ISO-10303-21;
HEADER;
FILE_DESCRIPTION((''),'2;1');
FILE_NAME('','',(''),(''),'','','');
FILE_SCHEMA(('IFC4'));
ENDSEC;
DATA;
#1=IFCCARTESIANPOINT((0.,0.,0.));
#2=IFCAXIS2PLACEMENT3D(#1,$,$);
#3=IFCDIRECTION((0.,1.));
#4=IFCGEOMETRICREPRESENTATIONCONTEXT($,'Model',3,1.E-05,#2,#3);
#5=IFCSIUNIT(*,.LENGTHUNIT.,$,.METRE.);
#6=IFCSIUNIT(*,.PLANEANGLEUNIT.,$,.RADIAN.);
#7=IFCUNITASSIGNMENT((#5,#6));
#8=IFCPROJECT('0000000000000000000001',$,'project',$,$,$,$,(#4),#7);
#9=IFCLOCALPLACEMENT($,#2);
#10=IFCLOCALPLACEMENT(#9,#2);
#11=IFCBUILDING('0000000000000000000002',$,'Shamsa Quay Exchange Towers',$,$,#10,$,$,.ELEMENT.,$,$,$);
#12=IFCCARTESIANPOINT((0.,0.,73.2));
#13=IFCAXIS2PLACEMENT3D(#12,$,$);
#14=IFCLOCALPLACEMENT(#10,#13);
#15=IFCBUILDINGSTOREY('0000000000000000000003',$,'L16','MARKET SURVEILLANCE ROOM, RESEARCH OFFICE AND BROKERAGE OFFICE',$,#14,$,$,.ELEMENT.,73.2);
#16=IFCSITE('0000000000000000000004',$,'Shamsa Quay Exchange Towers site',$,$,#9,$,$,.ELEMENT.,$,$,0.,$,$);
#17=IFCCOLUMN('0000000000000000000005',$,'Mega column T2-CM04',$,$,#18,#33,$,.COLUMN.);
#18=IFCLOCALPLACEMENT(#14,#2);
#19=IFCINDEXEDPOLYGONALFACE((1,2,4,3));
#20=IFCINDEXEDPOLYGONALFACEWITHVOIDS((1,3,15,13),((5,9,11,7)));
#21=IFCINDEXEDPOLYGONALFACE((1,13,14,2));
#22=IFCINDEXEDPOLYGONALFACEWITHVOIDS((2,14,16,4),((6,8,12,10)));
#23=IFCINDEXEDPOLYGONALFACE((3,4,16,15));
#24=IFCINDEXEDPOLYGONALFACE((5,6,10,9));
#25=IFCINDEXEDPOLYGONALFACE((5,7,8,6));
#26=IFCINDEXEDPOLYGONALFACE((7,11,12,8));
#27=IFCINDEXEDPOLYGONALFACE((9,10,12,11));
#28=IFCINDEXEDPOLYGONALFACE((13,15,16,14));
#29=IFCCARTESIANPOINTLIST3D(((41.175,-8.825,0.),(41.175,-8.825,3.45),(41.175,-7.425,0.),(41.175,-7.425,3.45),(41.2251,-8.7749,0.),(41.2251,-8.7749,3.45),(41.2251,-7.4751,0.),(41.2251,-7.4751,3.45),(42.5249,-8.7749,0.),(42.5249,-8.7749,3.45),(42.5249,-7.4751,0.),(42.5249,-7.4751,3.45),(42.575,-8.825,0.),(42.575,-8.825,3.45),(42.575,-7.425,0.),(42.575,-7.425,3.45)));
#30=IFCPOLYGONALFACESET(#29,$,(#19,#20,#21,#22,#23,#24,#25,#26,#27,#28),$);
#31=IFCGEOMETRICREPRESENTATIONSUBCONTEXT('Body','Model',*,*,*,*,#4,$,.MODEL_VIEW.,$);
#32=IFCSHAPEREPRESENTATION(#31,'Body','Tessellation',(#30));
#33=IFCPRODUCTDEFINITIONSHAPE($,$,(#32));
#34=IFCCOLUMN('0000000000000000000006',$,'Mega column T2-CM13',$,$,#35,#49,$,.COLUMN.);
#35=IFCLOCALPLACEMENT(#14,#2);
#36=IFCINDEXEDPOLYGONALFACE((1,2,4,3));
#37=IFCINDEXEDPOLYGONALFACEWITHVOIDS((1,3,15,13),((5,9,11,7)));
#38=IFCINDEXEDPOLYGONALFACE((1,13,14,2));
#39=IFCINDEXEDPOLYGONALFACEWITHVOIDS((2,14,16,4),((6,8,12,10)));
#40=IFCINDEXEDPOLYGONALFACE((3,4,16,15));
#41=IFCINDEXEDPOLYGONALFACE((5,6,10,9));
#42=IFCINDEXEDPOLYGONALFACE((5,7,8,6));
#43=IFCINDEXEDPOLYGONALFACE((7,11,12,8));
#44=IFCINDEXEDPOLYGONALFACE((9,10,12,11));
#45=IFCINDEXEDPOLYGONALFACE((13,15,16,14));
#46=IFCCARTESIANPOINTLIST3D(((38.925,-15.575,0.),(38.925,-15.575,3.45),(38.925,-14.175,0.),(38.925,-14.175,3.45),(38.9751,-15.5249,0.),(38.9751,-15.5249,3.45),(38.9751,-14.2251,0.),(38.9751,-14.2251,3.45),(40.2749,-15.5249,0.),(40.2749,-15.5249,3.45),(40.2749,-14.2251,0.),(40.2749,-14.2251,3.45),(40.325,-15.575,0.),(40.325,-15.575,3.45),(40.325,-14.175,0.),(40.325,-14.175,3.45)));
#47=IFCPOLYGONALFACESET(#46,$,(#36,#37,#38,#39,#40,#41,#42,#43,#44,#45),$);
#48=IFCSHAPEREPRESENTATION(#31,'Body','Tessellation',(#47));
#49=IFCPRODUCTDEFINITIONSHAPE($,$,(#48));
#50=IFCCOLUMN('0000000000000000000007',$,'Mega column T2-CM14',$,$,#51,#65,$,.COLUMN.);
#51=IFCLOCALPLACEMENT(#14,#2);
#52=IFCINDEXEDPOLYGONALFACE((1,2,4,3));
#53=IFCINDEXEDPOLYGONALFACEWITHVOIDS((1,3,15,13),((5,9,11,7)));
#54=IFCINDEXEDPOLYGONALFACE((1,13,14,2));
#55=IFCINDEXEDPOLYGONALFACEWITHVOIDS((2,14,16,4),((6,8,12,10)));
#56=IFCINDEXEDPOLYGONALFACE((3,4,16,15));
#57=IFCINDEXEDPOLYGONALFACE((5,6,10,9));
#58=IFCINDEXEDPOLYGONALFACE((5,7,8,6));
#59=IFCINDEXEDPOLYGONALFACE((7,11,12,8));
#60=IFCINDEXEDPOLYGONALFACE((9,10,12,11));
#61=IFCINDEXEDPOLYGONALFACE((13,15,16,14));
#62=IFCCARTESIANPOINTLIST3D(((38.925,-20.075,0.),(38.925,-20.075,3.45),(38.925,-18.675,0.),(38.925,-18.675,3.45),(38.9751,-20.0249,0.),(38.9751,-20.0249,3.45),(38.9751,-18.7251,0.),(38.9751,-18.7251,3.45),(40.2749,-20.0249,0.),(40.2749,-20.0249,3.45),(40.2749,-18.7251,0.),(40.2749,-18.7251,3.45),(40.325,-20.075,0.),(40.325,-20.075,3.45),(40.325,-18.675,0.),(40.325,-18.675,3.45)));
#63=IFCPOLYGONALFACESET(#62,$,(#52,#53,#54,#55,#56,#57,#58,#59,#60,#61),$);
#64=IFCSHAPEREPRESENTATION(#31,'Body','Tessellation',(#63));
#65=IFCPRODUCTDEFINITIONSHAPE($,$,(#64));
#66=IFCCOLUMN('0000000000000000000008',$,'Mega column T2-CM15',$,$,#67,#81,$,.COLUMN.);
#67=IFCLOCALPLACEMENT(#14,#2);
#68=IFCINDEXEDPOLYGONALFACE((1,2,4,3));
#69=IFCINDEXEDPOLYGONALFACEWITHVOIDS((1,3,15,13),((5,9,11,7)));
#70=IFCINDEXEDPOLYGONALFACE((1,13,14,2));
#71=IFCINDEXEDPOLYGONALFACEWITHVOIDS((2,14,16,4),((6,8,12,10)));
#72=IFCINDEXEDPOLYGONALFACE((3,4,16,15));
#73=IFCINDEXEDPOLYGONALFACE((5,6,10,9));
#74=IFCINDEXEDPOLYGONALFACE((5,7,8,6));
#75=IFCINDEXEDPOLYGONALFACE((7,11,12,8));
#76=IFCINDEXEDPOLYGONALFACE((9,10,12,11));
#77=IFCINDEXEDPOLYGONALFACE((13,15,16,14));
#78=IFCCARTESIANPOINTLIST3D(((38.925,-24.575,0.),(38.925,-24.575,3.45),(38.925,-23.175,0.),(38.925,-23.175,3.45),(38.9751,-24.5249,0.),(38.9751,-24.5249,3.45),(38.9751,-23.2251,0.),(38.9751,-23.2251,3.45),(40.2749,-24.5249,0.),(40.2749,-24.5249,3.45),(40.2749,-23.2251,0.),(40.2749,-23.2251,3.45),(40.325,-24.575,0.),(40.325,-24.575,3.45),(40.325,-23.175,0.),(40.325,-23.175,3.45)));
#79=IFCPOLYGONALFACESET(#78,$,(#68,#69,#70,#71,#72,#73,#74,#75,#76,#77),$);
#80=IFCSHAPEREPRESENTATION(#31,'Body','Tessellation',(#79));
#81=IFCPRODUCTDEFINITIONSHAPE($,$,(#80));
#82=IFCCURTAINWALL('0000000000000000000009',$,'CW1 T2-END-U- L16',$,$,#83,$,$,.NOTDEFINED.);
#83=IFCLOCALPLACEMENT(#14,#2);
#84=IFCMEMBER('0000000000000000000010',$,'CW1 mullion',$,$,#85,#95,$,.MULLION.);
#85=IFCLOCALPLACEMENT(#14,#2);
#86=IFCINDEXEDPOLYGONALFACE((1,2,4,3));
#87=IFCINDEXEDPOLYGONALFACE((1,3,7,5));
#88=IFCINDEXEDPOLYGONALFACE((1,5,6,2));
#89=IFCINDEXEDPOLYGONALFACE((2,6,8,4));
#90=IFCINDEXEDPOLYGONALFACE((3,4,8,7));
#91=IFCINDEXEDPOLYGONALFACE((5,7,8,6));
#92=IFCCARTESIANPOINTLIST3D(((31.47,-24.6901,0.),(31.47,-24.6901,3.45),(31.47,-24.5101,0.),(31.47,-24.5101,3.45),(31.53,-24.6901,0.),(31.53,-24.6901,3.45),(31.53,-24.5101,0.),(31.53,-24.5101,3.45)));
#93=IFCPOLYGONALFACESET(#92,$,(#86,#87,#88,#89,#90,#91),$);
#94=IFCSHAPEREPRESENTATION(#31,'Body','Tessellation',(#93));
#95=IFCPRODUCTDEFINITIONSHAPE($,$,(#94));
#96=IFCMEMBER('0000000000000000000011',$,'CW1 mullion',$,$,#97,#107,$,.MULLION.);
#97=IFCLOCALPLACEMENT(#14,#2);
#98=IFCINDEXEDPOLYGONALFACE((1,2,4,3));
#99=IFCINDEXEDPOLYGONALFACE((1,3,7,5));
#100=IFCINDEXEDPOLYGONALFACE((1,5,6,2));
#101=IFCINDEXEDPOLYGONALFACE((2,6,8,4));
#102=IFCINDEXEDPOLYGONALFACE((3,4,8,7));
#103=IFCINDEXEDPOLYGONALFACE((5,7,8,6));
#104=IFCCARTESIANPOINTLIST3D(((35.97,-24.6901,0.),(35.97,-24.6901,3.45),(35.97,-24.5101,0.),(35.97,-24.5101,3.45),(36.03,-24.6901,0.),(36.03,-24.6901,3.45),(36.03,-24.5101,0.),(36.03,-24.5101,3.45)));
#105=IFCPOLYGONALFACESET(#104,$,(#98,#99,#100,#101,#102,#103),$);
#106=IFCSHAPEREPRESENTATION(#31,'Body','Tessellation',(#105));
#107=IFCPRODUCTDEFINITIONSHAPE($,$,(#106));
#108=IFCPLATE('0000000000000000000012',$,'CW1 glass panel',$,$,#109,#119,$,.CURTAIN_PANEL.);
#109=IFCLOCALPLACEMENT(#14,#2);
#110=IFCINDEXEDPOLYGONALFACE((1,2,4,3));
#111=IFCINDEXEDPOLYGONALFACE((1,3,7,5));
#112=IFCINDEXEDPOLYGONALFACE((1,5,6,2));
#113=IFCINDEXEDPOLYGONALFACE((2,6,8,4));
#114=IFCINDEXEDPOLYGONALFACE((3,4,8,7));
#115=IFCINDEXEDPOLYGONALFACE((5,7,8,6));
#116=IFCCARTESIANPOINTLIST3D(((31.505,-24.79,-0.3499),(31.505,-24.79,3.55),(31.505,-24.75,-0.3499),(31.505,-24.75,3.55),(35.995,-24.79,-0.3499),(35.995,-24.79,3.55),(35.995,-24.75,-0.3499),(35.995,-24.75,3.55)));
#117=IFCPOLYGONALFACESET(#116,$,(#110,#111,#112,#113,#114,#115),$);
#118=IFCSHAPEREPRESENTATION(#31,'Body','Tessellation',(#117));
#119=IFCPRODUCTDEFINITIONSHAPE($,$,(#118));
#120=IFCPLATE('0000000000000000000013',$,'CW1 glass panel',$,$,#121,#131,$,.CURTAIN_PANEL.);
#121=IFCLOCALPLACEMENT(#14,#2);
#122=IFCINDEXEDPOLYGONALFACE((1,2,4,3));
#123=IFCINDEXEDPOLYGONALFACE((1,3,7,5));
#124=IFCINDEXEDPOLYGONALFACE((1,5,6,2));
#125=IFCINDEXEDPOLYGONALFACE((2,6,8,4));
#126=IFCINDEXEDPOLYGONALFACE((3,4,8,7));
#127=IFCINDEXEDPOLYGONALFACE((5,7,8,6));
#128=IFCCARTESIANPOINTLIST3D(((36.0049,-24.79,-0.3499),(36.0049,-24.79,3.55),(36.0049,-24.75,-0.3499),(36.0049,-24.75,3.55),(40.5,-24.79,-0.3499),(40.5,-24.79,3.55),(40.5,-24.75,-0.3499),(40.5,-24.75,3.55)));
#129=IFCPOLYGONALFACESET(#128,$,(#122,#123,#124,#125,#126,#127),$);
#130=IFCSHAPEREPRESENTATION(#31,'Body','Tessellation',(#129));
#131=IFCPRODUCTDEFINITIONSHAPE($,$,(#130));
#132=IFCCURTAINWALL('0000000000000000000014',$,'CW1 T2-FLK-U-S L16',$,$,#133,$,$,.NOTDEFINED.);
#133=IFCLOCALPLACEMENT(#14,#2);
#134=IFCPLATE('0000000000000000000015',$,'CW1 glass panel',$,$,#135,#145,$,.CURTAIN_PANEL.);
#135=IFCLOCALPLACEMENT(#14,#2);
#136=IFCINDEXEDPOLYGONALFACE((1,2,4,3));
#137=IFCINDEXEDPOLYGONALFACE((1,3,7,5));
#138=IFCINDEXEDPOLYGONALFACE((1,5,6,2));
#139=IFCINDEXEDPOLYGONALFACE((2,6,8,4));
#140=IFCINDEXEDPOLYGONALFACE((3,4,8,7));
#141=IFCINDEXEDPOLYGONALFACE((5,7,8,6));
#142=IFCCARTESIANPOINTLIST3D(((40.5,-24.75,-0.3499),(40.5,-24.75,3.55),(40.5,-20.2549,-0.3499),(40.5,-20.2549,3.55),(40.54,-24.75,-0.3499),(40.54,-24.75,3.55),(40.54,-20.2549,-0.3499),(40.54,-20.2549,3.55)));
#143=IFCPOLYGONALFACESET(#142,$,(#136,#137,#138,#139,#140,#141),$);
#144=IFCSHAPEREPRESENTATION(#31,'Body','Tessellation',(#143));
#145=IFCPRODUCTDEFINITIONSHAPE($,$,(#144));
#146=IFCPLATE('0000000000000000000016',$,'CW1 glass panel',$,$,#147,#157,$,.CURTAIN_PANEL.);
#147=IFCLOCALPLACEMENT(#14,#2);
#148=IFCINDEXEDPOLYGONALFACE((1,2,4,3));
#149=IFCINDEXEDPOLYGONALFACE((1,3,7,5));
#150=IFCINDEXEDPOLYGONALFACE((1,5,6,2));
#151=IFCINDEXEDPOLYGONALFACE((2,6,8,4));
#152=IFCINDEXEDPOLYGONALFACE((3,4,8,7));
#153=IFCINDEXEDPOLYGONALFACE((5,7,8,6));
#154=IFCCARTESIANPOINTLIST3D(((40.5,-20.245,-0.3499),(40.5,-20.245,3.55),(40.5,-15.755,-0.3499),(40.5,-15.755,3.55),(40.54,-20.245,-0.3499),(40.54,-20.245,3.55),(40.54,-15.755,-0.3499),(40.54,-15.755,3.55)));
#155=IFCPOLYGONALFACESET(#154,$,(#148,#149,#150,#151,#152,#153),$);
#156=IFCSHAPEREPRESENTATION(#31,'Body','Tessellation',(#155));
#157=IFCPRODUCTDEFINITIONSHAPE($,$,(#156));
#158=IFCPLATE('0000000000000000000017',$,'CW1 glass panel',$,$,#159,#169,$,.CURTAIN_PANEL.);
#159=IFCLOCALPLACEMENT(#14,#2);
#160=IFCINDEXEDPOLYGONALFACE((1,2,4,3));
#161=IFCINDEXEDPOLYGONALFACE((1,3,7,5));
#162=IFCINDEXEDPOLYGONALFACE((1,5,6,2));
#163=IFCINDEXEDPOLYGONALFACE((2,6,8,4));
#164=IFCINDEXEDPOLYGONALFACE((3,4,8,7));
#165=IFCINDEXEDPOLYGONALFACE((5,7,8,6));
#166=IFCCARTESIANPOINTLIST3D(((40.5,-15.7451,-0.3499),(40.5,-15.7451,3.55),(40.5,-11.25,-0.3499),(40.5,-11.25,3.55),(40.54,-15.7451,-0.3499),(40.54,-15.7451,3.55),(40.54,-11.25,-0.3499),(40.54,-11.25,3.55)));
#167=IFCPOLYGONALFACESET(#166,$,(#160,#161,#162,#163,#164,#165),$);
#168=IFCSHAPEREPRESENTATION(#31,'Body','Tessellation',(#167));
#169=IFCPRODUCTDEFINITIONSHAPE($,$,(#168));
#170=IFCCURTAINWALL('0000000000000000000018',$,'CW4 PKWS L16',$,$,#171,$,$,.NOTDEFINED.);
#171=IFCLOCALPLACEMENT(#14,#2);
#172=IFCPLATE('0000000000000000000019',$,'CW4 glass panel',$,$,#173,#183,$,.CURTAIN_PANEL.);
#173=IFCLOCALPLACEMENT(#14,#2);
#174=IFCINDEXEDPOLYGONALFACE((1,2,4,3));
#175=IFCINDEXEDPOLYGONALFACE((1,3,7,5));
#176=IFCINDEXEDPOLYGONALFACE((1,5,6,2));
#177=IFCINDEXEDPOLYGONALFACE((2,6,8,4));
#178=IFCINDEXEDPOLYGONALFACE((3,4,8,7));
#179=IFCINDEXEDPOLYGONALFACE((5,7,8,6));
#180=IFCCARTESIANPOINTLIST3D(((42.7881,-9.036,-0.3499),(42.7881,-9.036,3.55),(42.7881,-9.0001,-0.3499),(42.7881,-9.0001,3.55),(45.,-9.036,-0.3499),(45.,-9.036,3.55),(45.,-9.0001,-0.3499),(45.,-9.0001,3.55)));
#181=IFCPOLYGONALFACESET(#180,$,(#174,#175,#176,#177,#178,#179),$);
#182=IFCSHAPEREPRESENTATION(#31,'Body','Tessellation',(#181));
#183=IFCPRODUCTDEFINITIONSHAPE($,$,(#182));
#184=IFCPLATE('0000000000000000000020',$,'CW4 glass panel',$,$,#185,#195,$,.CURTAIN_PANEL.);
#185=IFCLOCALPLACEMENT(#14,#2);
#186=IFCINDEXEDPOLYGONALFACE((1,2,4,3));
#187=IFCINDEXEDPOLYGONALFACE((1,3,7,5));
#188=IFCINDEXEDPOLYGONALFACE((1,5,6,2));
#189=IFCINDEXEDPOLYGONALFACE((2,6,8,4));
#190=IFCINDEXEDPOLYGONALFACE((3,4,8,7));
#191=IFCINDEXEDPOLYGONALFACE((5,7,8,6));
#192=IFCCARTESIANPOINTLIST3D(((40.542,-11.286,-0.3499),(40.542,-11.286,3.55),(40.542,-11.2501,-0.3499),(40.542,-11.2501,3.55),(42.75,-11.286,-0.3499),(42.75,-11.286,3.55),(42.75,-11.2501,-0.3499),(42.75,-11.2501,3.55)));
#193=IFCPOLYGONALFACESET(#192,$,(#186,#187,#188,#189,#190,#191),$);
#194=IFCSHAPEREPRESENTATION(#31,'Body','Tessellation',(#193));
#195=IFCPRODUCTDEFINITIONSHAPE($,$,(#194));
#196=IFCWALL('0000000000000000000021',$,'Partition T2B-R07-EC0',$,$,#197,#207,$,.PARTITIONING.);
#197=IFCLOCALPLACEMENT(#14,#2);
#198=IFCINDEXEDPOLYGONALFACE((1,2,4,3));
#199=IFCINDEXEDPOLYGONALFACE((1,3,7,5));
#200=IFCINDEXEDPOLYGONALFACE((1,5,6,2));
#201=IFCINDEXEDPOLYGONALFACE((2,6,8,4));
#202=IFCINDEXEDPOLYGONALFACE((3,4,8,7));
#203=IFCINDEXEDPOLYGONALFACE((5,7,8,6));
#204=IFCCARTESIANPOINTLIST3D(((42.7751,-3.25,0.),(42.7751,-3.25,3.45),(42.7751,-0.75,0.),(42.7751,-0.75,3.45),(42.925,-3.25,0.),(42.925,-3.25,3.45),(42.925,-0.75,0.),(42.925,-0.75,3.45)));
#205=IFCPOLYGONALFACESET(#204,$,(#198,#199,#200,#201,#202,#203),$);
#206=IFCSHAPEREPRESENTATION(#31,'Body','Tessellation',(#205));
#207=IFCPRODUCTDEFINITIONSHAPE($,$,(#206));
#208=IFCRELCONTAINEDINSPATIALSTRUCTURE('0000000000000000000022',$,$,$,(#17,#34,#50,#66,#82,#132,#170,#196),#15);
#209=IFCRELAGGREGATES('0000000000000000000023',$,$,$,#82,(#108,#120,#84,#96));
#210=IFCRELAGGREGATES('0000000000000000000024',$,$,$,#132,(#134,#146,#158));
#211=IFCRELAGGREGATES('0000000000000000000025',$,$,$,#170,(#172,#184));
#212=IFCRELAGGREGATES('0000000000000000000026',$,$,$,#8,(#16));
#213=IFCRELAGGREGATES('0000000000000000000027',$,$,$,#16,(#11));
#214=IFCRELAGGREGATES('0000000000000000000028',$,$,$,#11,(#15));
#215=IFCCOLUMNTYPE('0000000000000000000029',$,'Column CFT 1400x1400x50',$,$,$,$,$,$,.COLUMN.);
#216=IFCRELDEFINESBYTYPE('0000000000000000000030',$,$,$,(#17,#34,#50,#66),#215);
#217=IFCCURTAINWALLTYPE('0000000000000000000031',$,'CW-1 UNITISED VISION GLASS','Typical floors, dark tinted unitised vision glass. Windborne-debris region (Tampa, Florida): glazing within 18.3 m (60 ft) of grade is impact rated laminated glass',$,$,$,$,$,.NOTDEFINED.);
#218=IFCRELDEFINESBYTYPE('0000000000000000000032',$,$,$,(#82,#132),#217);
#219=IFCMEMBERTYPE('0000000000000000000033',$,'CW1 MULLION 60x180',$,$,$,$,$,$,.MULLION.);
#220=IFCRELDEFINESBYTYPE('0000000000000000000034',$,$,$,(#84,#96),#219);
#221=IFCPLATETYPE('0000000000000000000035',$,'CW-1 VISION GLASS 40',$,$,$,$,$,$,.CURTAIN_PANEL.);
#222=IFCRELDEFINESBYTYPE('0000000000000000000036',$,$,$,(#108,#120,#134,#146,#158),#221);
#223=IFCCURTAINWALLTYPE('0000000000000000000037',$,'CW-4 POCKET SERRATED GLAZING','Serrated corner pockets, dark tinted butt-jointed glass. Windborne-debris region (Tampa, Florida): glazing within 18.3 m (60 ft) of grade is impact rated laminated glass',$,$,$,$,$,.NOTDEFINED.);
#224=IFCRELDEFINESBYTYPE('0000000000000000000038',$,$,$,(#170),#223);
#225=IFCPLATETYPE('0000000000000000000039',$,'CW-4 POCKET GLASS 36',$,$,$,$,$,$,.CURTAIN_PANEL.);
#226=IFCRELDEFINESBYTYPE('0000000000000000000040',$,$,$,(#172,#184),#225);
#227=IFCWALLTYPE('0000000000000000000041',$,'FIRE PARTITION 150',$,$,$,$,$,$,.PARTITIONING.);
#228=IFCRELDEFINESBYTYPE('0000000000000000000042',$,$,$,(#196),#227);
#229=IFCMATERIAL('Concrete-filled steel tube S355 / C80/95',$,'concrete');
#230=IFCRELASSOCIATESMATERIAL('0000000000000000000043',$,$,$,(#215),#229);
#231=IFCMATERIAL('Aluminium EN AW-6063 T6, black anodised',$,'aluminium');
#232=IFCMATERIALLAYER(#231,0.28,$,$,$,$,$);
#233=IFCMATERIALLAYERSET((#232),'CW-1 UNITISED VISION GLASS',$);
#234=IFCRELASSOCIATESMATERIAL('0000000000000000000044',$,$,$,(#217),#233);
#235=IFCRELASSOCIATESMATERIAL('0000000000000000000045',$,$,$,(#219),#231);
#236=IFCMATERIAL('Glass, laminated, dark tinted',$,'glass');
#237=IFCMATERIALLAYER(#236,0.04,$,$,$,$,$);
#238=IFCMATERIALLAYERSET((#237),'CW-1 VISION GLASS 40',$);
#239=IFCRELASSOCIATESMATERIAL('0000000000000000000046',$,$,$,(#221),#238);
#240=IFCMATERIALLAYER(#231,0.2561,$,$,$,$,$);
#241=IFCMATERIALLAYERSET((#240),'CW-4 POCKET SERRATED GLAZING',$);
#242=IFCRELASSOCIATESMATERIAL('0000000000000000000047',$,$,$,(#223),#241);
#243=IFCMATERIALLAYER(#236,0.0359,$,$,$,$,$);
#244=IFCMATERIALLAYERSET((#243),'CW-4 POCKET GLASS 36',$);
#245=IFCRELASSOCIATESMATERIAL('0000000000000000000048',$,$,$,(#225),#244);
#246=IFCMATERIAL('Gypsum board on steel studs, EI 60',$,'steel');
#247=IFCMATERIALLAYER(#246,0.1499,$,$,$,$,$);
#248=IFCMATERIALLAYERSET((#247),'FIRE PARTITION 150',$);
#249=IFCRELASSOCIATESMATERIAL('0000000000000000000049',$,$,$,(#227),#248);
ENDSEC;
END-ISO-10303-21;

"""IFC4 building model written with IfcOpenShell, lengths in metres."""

from ifc_helpers import new_model, si_unit, direction, frame, frame_2d, origin, origin_2d, place, context, subcontext, project, spatial, rectangle, hollow_rectangle, extrude, material, layer, layer_set, material_profile, profile_set, type_object, element, aggregate, save


model = new_model("IFC4")

# Units and contexts
model_context = context("Model", 3, precision=1e-05, world=origin(), true_north=direction((0.0, 1.0)))
body_context = subcontext(model_context, "Body", "Model", "MODEL_VIEW")
ifc_project = project(units=[si_unit("LENGTHUNIT", "METRE"), si_unit("PLANEANGLEUNIT", "RADIAN")], contexts=[model_context])

# Site, building, storey
site_placement = place(None, origin())
site = spatial("IfcSite", under=ifc_project, at=site_placement, Name="Shamsa Quay Exchange Towers site", CompositionType="ELEMENT", RefElevation=0.0)
building_placement = place(site_placement, origin())
building = spatial("IfcBuilding", under=site, at=building_placement, Name="Shamsa Quay Exchange Towers", CompositionType="ELEMENT")
storey_placement = place(building_placement, frame((0.0, 0.0, 73.2)))
storey = spatial("IfcBuildingStorey", under=building, at=storey_placement, Name="L16", Description="MARKET SURVEILLANCE ROOM, RESEARCH OFFICE AND BROKERAGE OFFICE", CompositionType="ELEMENT", Elevation=73.2)

# Columns
ifc_material_1 = material(Name="Concrete-filled steel tube S355 / C80/95", Category="concrete")
ifc_material_profile_1 = material_profile(ifc_material_1, hollow_rectangle(XDim=1.3999, YDim=1.3999, WallThickness=0.05, at=origin_2d()), Name="CFT 1400x1400x50")
ifc_profile_set_1 = profile_set([ifc_material_profile_1], Name="Concrete-filled steel tube S355 / C80/95")
column_type = type_object("IfcColumnType", Name="Column CFT 1400x1400x50", PredefinedType="COLUMN", material=ifc_profile_set_1)
for number, where, name in (
    (1, (41.875, -8.125, 0.0), "Mega column T2-CM04"),
    (2, (39.625, -14.875, 0.0), "Mega column T2-CM13"),
    (3, (39.625, -19.375, 0.0), "Mega column T2-CM14"),
    (4, (39.625, -23.875, 0.0), "Mega column T2-CM15"),
):
    element("IfcColumn", number, at=place(storey_placement, frame(where)), inside=storey, type_object=column_type, Name=name, PredefinedType="COLUMN", context=body_context, shape_type="SweptSolid", body=[
        extrude(hollow_rectangle(XDim=1.3999, YDim=1.3999, WallThickness=0.05, at=origin_2d()), origin(), (0.0, 0.0, 1.0), 3.45),
    ])

# Curtain wall, members, plates
ifc_material_2 = material(Name="Aluminium EN AW-6063 T6, black anodised", Category="aluminium")
ifc_layer_1 = layer(ifc_material_2, 0.28)
ifc_layer_set_1 = layer_set([ifc_layer_1], Name="CW-1 UNITISED VISION GLASS")
curtain_wall_type_1 = type_object("IfcCurtainWallType", Name="CW-1 UNITISED VISION GLASS", Description="Typical floors, dark tinted unitised vision glass. Windborne-debris region (Tampa, Florida): glazing within 18.3 m (60 ft) of grade is impact rated laminated glass", PredefinedType="NOTDEFINED", material=ifc_layer_set_1)
curtain_wall_1_placement = place(storey_placement, origin())
curtain_wall_1 = element("IfcCurtainWall", 5, at=curtain_wall_1_placement, inside=storey, type_object=curtain_wall_type_1, Name="CW1 T2-END-U- L16", PredefinedType="NOTDEFINED")
ifc_material_profile_2 = material_profile(ifc_material_2, rectangle(XDim=0.1799, YDim=0.0601, at=origin_2d()), Name="MU60x180")
ifc_profile_set_2 = profile_set([ifc_material_profile_2], Name="Aluminium EN AW-6063 T6, black anodised")
member_type = type_object("IfcMemberType", Name="CW1 MULLION 60x180", PredefinedType="MULLION", material=ifc_profile_set_2)
member_1_placement = place(storey_placement, frame((31.5, -24.6001, 0.0), z_axis=(0.0, 0.0, 1.0), x_axis=(0.0, 1.0, 0.0)))
member_1 = element("IfcMember", 6, at=member_1_placement, type_object=member_type, Name="CW1 mullion", PredefinedType="MULLION", context=body_context, shape_type="SweptSolid", body=[
    extrude(rectangle(XDim=0.1799, YDim=0.0601, at=origin_2d()), origin(), (0.0, 0.0, 1.0), 3.45),
])
member_2_placement = place(storey_placement, frame((36.0, -24.6001, 0.0), z_axis=(0.0, 0.0, 1.0), x_axis=(0.0, 1.0, 0.0)))
member_2 = element("IfcMember", 7, at=member_2_placement, type_object=member_type, Name="CW1 mullion", PredefinedType="MULLION", context=body_context, shape_type="SweptSolid", body=[
    extrude(rectangle(XDim=0.1799, YDim=0.0601, at=origin_2d()), origin(), (0.0, 0.0, 1.0), 3.45),
])
ifc_material_3 = material(Name="Glass, laminated, dark tinted", Category="glass")
ifc_layer_2 = layer(ifc_material_3, 0.04)
ifc_layer_set_2 = layer_set([ifc_layer_2], Name="CW-1 VISION GLASS 40")
plate_type_1 = type_object("IfcPlateType", Name="CW-1 VISION GLASS 40", PredefinedType="CURTAIN_PANEL", material=ifc_layer_set_2)
plate_1_placement = place(storey_placement, frame((33.75, -24.77, -0.3499)))
plate_1 = element("IfcPlate", 8, at=plate_1_placement, type_object=plate_type_1, Name="CW1 glass panel", PredefinedType="CURTAIN_PANEL", context=body_context, shape_type="SweptSolid", body=[
    extrude(rectangle(XDim=4.49, YDim=0.04, at=origin_2d()), origin(), (0.0, 0.0, 1.0), 3.8999),
])
plate_2_placement = place(storey_placement, frame((38.2524, -24.77, -0.3499)))
plate_2 = element("IfcPlate", 9, at=plate_2_placement, type_object=plate_type_1, Name="CW1 glass panel", PredefinedType="CURTAIN_PANEL", context=body_context, shape_type="SweptSolid", body=[
    extrude(rectangle(XDim=4.4951, YDim=0.04, at=origin_2d()), origin(), (0.0, 0.0, 1.0), 3.8999),
])
aggregate(curtain_wall_1, [plate_1, plate_2, member_1, member_2])

# Curtain walls, plates
curtain_wall_2_placement = place(storey_placement, origin())
curtain_wall_2 = element("IfcCurtainWall", 10, at=curtain_wall_2_placement, inside=storey, type_object=curtain_wall_type_1, Name="CW1 T2-FLK-U-S L16", PredefinedType="NOTDEFINED")
plate_3_placement = place(storey_placement, frame((40.52, -22.5024, -0.3499), z_axis=(0.0, 0.0, 1.0), x_axis=(0.0, 1.0, 0.0)))
plate_3 = element("IfcPlate", 11, at=plate_3_placement, type_object=plate_type_1, Name="CW1 glass panel", PredefinedType="CURTAIN_PANEL", context=body_context, shape_type="SweptSolid", body=[
    extrude(rectangle(XDim=4.4951, YDim=0.04, at=origin_2d()), origin(), (0.0, 0.0, 1.0), 3.8999),
])
plate_4_placement = place(storey_placement, frame((40.52, -18.0, -0.3499), z_axis=(0.0, 0.0, 1.0), x_axis=(0.0, 1.0, 0.0)))
plate_4 = element("IfcPlate", 12, at=plate_4_placement, type_object=plate_type_1, Name="CW1 glass panel", PredefinedType="CURTAIN_PANEL", context=body_context, shape_type="SweptSolid", body=[
    extrude(rectangle(XDim=4.49, YDim=0.04, at=origin_2d()), origin(), (0.0, 0.0, 1.0), 3.8999),
])
plate_5_placement = place(storey_placement, frame((40.52, -13.4976, -0.3499), z_axis=(0.0, 0.0, 1.0), x_axis=(0.0, 1.0, 0.0)))
plate_5 = element("IfcPlate", 13, at=plate_5_placement, type_object=plate_type_1, Name="CW1 glass panel", PredefinedType="CURTAIN_PANEL", context=body_context, shape_type="SweptSolid", body=[
    extrude(rectangle(XDim=4.4951, YDim=0.04, at=origin_2d()), origin(), (0.0, 0.0, 1.0), 3.8999),
])
aggregate(curtain_wall_2, [plate_3, plate_4, plate_5])
ifc_layer_3 = layer(ifc_material_2, 0.2561)
ifc_layer_set_3 = layer_set([ifc_layer_3], Name="CW-4 POCKET SERRATED GLAZING")
curtain_wall_type_2 = type_object("IfcCurtainWallType", Name="CW-4 POCKET SERRATED GLAZING", Description="Serrated corner pockets, dark tinted butt-jointed glass. Windborne-debris region (Tampa, Florida): glazing within 18.3 m (60 ft) of grade is impact rated laminated glass", PredefinedType="NOTDEFINED", material=ifc_layer_set_3)
curtain_wall_3_placement = place(storey_placement, origin())
curtain_wall_3 = element("IfcCurtainWall", 14, at=curtain_wall_3_placement, inside=storey, type_object=curtain_wall_type_2, Name="CW4 PKWS L16", PredefinedType="NOTDEFINED")
ifc_layer_4 = layer(ifc_material_3, 0.0359)
ifc_layer_set_4 = layer_set([ifc_layer_4], Name="CW-4 POCKET GLASS 36")
plate_type_2 = type_object("IfcPlateType", Name="CW-4 POCKET GLASS 36", PredefinedType="CURTAIN_PANEL", material=ifc_layer_set_4)
plate_6_placement = place(storey_placement, frame((43.894, -9.0181, -0.3499)))
plate_6 = element("IfcPlate", 15, at=plate_6_placement, type_object=plate_type_2, Name="CW4 glass panel", PredefinedType="CURTAIN_PANEL", context=body_context, shape_type="SweptSolid", body=[
    extrude(rectangle(XDim=2.2119, YDim=0.0359, at=origin_2d()), origin(), (0.0, 0.0, 1.0), 3.8999),
])
plate_7_placement = place(storey_placement, frame((41.646, -11.2681, -0.3499)))
plate_7 = element("IfcPlate", 16, at=plate_7_placement, type_object=plate_type_2, Name="CW4 glass panel", PredefinedType="CURTAIN_PANEL", context=body_context, shape_type="SweptSolid", body=[
    extrude(rectangle(XDim=2.208, YDim=0.0359, at=origin_2d()), origin(), (0.0, 0.0, 1.0), 3.8999),
])
aggregate(curtain_wall_3, [plate_6, plate_7])

# Wall
ifc_material_4 = material(Name="Gypsum board on steel studs, EI 60", Category="steel")
ifc_layer_5 = layer(ifc_material_4, 0.1499)
ifc_layer_set_5 = layer_set([ifc_layer_5], Name="FIRE PARTITION 150")
wall_type_1 = type_object("IfcWallType", Name="FIRE PARTITION 150", PredefinedType="PARTITIONING", material=ifc_layer_set_5)
wall_1_placement = place(storey_placement, frame((42.8501, -3.25, 0.0), z_axis=(0.0, 0.0, 1.0), x_axis=(0.0, 1.0, 0.0)))
element("IfcWall", 17, at=wall_1_placement, inside=storey, type_object=wall_type_1, Name="Partition T2B-R07-EC0", PredefinedType="PARTITIONING", context=body_context, shape_type="SweptSolid", body=[
    extrude(rectangle(XDim=2.5, YDim=0.1499, at=frame_2d((1.25, 0.0))), origin(), (0.0, 0.0, 1.0), 3.45),
])

save(model, "model.ifc")
